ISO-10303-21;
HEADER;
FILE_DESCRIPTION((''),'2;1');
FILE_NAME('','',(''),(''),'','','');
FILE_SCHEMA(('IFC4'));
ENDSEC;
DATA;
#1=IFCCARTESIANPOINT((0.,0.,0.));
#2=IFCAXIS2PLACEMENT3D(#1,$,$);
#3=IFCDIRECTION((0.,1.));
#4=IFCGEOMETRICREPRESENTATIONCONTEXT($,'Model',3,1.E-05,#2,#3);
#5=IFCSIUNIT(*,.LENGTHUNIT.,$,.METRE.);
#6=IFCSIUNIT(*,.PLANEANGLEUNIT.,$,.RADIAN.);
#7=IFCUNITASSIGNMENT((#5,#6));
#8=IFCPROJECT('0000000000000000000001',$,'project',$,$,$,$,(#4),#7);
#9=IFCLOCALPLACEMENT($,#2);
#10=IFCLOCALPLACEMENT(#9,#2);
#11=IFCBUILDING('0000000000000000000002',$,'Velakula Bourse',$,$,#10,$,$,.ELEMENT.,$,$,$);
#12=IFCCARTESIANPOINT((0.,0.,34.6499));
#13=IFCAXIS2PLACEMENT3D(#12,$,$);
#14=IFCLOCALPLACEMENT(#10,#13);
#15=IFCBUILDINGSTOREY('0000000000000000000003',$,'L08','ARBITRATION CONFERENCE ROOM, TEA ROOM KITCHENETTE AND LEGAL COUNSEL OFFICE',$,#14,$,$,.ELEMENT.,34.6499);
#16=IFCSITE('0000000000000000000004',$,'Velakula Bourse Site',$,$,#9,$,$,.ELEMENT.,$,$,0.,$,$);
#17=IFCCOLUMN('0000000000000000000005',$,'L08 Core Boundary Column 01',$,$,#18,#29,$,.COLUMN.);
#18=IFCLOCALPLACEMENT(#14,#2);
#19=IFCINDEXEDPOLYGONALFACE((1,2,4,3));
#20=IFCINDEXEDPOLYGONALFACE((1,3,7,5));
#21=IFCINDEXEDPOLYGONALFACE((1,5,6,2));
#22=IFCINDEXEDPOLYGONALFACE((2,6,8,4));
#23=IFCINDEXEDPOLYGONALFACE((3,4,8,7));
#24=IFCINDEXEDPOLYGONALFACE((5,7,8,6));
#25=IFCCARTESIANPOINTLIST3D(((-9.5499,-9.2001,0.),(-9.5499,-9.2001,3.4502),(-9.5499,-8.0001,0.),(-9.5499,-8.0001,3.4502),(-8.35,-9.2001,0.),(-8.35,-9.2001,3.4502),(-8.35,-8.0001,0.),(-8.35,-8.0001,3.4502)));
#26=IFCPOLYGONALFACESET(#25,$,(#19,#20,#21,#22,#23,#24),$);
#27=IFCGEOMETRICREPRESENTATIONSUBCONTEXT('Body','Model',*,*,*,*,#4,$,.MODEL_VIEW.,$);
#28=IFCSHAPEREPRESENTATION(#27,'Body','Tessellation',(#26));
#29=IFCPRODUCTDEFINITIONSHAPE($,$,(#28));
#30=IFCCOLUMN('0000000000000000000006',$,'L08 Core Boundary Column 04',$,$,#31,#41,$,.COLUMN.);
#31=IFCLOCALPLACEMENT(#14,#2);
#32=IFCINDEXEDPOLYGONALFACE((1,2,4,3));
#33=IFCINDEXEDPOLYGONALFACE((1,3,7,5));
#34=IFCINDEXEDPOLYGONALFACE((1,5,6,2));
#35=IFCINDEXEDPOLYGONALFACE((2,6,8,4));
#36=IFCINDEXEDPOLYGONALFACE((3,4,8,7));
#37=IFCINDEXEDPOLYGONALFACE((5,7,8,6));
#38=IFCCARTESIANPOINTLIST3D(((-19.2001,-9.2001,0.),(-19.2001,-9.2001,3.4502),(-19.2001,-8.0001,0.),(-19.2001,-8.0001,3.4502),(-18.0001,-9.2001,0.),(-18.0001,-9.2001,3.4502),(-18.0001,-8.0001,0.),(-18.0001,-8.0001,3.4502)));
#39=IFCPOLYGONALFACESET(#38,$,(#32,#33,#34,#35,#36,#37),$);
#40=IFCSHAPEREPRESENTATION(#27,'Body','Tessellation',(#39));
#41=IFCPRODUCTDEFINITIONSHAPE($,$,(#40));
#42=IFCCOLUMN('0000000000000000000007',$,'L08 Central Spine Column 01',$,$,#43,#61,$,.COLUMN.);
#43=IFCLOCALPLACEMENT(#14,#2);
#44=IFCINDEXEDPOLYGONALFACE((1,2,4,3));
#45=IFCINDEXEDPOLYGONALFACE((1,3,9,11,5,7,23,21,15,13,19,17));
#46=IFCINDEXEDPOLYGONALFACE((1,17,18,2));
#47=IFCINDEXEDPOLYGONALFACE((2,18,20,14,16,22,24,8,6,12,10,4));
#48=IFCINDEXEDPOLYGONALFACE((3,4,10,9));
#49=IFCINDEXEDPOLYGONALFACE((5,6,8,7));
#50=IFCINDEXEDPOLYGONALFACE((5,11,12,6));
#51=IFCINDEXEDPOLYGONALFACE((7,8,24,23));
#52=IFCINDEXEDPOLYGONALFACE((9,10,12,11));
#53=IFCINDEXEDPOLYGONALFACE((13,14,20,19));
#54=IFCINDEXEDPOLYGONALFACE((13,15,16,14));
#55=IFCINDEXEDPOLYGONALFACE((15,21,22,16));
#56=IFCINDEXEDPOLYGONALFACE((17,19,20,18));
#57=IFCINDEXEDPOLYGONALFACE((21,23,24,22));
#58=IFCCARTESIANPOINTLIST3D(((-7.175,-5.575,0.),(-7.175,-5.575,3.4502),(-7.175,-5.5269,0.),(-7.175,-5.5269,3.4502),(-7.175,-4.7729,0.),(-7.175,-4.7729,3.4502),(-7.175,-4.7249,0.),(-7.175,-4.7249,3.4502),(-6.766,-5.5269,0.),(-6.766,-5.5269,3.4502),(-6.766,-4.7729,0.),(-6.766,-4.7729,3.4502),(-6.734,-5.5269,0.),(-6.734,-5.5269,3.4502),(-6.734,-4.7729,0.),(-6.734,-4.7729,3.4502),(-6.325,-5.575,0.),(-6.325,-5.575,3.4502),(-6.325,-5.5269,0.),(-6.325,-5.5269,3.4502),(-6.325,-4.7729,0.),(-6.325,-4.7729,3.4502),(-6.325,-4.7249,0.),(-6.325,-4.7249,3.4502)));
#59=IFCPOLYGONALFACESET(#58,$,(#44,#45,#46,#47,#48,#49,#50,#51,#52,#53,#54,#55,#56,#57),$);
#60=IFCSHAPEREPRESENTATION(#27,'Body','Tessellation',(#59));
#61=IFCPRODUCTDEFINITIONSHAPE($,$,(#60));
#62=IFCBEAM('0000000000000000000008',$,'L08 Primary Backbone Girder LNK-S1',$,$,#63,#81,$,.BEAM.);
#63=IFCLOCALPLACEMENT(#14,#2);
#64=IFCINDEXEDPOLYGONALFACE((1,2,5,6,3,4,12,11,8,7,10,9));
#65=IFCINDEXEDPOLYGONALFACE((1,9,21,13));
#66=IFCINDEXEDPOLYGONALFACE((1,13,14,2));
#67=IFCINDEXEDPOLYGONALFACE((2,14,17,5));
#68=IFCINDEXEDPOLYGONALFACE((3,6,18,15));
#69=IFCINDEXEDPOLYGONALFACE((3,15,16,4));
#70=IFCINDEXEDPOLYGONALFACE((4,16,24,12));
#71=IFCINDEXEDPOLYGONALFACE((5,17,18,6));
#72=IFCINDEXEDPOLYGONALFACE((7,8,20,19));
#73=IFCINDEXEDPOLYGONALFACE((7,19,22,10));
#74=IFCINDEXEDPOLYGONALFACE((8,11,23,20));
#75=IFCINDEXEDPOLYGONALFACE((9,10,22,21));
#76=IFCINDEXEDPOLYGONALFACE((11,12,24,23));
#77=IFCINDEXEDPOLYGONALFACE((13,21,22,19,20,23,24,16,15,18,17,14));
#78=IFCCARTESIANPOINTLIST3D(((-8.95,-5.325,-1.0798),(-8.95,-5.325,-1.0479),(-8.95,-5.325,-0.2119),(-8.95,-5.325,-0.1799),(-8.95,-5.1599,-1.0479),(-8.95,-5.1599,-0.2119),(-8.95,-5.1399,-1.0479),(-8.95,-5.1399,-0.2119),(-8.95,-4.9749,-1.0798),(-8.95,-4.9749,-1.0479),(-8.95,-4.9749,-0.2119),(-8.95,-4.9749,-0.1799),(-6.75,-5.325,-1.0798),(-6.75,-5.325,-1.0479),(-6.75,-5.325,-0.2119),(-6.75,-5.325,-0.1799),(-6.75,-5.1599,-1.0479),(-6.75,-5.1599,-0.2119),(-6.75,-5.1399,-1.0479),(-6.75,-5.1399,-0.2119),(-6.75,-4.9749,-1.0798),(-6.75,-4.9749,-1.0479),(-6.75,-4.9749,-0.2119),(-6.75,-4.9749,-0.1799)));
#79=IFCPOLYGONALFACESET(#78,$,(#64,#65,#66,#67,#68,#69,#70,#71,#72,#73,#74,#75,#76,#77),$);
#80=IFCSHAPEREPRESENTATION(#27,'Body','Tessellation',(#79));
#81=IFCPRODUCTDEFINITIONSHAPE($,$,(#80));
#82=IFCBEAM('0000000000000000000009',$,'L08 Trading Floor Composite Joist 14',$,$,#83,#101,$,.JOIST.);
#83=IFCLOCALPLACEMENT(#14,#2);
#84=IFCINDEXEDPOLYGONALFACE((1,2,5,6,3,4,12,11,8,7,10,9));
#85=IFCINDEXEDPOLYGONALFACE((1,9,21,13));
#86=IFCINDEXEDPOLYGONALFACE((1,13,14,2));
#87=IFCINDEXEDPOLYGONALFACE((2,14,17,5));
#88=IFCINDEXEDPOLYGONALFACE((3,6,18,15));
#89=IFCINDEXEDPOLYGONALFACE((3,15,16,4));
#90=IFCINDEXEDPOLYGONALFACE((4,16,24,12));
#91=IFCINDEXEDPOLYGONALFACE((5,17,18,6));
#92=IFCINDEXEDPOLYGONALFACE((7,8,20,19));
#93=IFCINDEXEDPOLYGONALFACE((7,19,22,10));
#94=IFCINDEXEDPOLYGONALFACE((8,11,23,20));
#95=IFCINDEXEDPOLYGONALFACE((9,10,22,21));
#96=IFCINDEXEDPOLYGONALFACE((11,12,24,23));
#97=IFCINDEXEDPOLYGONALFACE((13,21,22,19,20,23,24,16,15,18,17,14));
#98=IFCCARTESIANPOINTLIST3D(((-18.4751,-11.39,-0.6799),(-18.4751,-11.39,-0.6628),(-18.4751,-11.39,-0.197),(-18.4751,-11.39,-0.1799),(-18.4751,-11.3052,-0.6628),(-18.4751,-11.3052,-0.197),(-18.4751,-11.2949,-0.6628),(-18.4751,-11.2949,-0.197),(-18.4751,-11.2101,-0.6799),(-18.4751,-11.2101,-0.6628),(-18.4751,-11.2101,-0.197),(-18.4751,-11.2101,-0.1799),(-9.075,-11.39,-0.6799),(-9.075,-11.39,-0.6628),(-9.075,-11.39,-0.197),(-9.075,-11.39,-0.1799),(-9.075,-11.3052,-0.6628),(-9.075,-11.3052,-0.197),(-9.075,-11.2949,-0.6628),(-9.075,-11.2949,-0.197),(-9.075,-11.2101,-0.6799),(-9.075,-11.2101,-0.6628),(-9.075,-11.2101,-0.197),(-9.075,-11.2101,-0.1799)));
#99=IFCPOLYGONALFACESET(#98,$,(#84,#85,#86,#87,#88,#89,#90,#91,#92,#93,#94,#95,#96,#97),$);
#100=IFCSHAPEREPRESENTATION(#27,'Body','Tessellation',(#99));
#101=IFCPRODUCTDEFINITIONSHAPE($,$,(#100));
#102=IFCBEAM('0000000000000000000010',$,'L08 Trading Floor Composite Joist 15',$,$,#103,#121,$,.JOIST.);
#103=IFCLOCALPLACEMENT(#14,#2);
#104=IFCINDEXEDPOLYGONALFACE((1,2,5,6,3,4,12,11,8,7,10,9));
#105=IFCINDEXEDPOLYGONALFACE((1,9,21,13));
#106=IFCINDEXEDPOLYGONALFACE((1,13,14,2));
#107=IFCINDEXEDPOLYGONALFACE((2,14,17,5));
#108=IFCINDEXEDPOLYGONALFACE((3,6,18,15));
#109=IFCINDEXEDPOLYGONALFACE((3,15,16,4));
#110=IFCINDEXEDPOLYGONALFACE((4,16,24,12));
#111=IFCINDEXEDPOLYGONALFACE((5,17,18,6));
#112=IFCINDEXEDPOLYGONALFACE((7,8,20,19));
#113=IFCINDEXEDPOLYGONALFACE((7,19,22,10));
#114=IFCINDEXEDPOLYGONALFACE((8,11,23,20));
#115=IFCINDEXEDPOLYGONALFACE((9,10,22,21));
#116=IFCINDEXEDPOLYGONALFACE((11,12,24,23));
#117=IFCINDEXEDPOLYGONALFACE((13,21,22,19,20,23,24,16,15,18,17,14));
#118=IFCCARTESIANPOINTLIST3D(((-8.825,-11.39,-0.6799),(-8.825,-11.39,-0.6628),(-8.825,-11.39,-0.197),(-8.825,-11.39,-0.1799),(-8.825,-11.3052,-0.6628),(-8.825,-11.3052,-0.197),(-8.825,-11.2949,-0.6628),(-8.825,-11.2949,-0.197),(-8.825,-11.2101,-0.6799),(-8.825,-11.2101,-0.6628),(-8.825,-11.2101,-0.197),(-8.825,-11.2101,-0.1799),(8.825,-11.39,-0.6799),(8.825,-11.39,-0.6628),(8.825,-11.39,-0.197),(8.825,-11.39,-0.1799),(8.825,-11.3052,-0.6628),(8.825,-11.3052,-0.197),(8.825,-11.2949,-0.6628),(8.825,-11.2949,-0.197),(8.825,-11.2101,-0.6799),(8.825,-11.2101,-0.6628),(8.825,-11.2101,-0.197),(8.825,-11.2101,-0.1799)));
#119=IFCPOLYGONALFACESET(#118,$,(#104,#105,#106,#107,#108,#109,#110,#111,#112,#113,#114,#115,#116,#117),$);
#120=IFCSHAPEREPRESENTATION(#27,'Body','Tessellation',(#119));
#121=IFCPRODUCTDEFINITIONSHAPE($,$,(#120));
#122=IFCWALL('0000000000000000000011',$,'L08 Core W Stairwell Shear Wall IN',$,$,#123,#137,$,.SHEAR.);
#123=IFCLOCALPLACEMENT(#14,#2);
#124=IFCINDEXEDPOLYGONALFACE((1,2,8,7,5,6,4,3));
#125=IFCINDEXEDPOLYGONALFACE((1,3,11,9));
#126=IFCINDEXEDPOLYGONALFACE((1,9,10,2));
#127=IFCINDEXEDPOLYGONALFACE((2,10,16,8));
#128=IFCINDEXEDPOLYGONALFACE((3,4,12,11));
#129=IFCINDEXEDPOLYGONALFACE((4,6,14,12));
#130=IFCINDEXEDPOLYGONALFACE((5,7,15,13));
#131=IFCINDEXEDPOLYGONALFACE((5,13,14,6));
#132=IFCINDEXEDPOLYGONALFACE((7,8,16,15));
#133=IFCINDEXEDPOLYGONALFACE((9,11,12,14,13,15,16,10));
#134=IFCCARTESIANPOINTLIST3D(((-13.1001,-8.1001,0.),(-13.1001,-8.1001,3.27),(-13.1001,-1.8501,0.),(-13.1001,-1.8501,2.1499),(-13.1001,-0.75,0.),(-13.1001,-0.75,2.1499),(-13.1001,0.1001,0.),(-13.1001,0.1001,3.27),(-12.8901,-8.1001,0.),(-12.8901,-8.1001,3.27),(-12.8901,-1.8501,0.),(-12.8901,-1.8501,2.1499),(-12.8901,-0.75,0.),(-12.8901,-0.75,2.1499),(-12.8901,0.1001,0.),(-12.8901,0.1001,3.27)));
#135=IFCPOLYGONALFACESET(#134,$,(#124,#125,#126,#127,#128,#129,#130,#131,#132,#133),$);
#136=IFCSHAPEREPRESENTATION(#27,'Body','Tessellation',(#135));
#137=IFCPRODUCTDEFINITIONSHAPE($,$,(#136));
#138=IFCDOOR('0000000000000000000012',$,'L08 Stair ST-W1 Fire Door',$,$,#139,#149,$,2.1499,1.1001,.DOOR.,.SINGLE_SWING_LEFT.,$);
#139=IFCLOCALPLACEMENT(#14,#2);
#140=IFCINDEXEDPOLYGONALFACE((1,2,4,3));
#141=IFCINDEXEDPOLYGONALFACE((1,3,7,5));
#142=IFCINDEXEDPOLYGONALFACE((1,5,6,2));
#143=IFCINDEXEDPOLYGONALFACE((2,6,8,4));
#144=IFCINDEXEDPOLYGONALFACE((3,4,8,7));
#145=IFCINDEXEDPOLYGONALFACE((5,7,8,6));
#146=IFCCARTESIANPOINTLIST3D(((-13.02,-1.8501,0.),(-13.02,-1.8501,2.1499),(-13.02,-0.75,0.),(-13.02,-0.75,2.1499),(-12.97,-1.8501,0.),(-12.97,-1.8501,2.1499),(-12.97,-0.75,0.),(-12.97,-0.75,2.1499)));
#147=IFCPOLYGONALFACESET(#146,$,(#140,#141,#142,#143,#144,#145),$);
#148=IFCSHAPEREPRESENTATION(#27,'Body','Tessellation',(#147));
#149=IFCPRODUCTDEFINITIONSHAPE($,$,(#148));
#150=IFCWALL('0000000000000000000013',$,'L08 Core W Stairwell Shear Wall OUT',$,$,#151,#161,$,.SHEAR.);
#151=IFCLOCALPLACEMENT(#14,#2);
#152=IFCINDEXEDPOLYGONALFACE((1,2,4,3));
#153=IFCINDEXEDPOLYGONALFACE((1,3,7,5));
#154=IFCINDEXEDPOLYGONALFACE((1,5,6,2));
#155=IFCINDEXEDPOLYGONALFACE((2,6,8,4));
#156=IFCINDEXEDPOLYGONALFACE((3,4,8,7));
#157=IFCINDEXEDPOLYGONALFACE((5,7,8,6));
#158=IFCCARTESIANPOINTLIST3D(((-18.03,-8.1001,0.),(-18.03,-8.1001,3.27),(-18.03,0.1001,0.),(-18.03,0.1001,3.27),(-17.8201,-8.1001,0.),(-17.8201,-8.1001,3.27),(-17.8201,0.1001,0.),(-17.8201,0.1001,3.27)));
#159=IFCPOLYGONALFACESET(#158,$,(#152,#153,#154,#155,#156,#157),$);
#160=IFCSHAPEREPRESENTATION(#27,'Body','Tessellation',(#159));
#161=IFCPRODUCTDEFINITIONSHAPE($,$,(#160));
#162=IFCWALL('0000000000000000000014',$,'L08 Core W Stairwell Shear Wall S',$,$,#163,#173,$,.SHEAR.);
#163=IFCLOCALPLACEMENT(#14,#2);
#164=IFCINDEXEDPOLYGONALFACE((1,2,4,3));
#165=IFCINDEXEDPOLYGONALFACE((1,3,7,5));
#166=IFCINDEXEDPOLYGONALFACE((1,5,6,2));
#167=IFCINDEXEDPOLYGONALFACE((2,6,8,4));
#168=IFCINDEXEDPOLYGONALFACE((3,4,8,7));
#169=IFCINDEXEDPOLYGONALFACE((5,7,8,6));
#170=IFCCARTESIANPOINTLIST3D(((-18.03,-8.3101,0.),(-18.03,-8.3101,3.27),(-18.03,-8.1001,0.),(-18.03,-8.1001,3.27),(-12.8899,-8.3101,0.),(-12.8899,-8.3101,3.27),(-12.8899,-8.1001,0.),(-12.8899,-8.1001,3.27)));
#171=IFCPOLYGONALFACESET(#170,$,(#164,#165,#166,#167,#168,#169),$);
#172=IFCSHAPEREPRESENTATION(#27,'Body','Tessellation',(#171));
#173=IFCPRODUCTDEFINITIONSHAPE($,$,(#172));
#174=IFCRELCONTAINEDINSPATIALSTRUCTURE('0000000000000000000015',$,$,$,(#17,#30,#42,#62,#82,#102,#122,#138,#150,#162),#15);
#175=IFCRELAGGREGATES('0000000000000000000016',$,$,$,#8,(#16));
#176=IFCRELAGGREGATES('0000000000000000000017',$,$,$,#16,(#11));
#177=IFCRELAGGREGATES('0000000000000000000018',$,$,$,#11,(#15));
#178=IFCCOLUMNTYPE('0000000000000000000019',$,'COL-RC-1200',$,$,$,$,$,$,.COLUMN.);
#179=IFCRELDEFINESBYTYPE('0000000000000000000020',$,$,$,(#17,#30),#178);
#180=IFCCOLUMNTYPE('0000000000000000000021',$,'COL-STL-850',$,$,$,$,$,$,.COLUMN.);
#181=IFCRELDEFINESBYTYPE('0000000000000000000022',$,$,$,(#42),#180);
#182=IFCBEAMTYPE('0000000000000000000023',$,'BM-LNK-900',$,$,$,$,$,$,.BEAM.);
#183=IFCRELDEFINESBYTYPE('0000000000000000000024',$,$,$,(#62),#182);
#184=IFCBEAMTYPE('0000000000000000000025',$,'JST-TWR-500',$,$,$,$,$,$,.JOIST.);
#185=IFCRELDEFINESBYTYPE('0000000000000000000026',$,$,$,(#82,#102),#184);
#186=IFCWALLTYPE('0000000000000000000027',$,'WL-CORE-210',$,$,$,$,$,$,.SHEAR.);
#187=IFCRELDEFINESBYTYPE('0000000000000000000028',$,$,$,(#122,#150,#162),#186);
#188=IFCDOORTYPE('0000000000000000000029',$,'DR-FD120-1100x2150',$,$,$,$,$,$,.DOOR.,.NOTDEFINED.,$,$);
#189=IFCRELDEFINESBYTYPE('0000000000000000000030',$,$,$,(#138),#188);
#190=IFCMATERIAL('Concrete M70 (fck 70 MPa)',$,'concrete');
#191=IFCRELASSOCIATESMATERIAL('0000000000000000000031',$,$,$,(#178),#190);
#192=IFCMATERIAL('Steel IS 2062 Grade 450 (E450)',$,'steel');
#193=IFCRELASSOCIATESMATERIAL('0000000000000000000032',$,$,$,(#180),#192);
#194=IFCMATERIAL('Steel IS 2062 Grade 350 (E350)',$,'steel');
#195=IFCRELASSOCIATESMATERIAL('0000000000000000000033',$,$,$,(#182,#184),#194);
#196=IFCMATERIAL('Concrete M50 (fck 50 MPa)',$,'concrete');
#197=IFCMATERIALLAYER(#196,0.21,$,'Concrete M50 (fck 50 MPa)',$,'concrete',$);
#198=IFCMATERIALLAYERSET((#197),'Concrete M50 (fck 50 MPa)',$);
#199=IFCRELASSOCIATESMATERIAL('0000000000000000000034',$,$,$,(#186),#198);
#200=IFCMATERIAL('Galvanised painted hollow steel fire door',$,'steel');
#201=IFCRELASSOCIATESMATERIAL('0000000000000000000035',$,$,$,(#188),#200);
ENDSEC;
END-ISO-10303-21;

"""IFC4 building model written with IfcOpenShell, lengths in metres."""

from ifc_helpers import new_model, si_unit, direction, frame, frame_2d, origin, origin_2d, place, context, subcontext, project, spatial, rectangle, i_section, extrude, material, layer, layer_set, material_profile, profile_set, type_object, element, fill, save


model = new_model("IFC4")

# Units and contexts
model_context = context("Model", 3, precision=1e-05, world=origin(), true_north=direction((0.0, 1.0)))
body_context = subcontext(model_context, "Body", "Model", "MODEL_VIEW")
ifc_project = project(units=[si_unit("LENGTHUNIT", "METRE"), si_unit("PLANEANGLEUNIT", "RADIAN")], contexts=[model_context])

# Site, building, storey
site_placement = place(None, origin())
site = spatial("IfcSite", under=ifc_project, at=site_placement, Name="Velakula Bourse Site", CompositionType="ELEMENT", RefElevation=0.0)
building_placement = place(site_placement, origin())
building = spatial("IfcBuilding", under=site, at=building_placement, Name="Velakula Bourse", CompositionType="ELEMENT")
storey_placement = place(building_placement, frame((0.0, 0.0, 34.6499)))
storey = spatial("IfcBuildingStorey", under=building, at=storey_placement, Name="L08", Description="ARBITRATION CONFERENCE ROOM, TEA ROOM KITCHENETTE AND LEGAL COUNSEL OFFICE", CompositionType="ELEMENT", Elevation=34.6499)

# Columns
ifc_material_1 = material(Name="Concrete M70 (fck 70 MPa)", Category="concrete")
ifc_material_profile_1 = material_profile(ifc_material_1, rectangle(XDim=1.2, YDim=1.2, at=origin_2d()), Name="Concrete M70 (fck 70 MPa)")
ifc_profile_set_1 = profile_set([ifc_material_profile_1], Name="Concrete M70 (fck 70 MPa)")
column_type_1 = type_object("IfcColumnType", Name="COL-RC-1200", PredefinedType="COLUMN", material=ifc_profile_set_1)
for number, where, z_axis, x_axis, name in (
    (1, (-8.95, -8.6001, 0.0), (0.0, 0.0, 1.0), (1.0, 0.0, 0.0), "L08 Core Boundary Column 01"),
    (2, (-18.6001, -8.6001, 0.0), (0.0, 0.0, 1.0), (1.0, 0.0, 0.0), "L08 Core Boundary Column 04"),
):
    element("IfcColumn", number, at=place(storey_placement, frame(where, z_axis=z_axis, x_axis=x_axis)), inside=storey, type_object=column_type_1, Name=name, PredefinedType="COLUMN", context=body_context, shape_type="SweptSolid", body=[
        extrude(rectangle(XDim=1.2, YDim=1.2, at=origin_2d()), origin(), (0.0, 0.0, 1.0), 3.4502),
    ])
ifc_material_2 = material(Name="Steel IS 2062 Grade 450 (E450)", Category="steel")
ifc_material_profile_2 = material_profile(ifc_material_2, i_section(OverallWidth=0.8501, OverallDepth=0.8501, WebThickness=0.032, FlangeThickness=0.0481, at=origin_2d()), Name="Steel IS 2062 Grade 450 (E450)")
ifc_profile_set_2 = profile_set([ifc_material_profile_2], Name="Steel IS 2062 Grade 450 (E450)")
column_type_2 = type_object("IfcColumnType", Name="COL-STL-850", PredefinedType="COLUMN", material=ifc_profile_set_2)
column_placement = place(storey_placement, frame((-6.75, -5.1499, 0.0), z_axis=(0.0, 0.0, 1.0), x_axis=(1.0, 0.0, 0.0)))
element("IfcColumn", 3, at=column_placement, inside=storey, type_object=column_type_2, Name="L08 Central Spine Column 01", PredefinedType="COLUMN", context=body_context, shape_type="SweptSolid", body=[
    extrude(i_section(OverallWidth=0.8501, OverallDepth=0.8501, WebThickness=0.032, FlangeThickness=0.0481, at=origin_2d()), origin(), (0.0, 0.0, 1.0), 3.4502),
])

# Beams
ifc_material_3 = material(Name="Steel IS 2062 Grade 350 (E350)", Category="steel")
ifc_material_profile_3 = material_profile(ifc_material_3, i_section(OverallWidth=0.3501, OverallDepth=0.8999, WebThickness=0.02, FlangeThickness=0.032, at=origin_2d()), Name="Steel IS 2062 Grade 350 (E350)")
ifc_profile_set_3 = profile_set([ifc_material_profile_3], Name="Steel IS 2062 Grade 350 (E350)")
beam_type_1 = type_object("IfcBeamType", Name="BM-LNK-900", PredefinedType="BEAM", material=ifc_profile_set_3)
beam_1_placement = place(storey_placement, frame((-8.95, -5.1499, -0.6299), z_axis=(1.0, 0.0, 0.0), x_axis=(0.0, 1.0, 0.0)))
element("IfcBeam", 4, at=beam_1_placement, inside=storey, type_object=beam_type_1, Name="L08 Primary Backbone Girder LNK-S1", PredefinedType="BEAM", context=body_context, shape_type="SweptSolid", body=[
    extrude(i_section(OverallWidth=0.3501, OverallDepth=0.8999, WebThickness=0.02, FlangeThickness=0.032, at=origin_2d()), origin(), (0.0, 0.0, 1.0), 2.2),
])
ifc_material_profile_4 = material_profile(ifc_material_3, i_section(OverallWidth=0.1799, OverallDepth=0.5, WebThickness=0.0103, FlangeThickness=0.0171, at=origin_2d()), Name="Steel IS 2062 Grade 350 (E350)")
ifc_profile_set_4 = profile_set([ifc_material_profile_4], Name="Steel IS 2062 Grade 350 (E350)")
beam_type_2 = type_object("IfcBeamType", Name="JST-TWR-500", PredefinedType="JOIST", material=ifc_profile_set_4)
beam_2_placement = place(storey_placement, frame((-18.4751, -11.3, -0.4299), z_axis=(1.0, 0.0, 0.0), x_axis=(0.0, 1.0, 0.0)))
element("IfcBeam", 5, at=beam_2_placement, inside=storey, type_object=beam_type_2, Name="L08 Trading Floor Composite Joist 14", PredefinedType="JOIST", context=body_context, shape_type="SweptSolid", body=[
    extrude(i_section(OverallWidth=0.1799, OverallDepth=0.5, WebThickness=0.0103, FlangeThickness=0.0171, at=origin_2d()), origin(), (0.0, 0.0, 1.0), 9.4001),
])
beam_3_placement = place(storey_placement, frame((-8.825, -11.3, -0.4299), z_axis=(1.0, 0.0, 0.0), x_axis=(0.0, 1.0, 0.0)))
element("IfcBeam", 6, at=beam_3_placement, inside=storey, type_object=beam_type_2, Name="L08 Trading Floor Composite Joist 15", PredefinedType="JOIST", context=body_context, shape_type="SweptSolid", body=[
    extrude(i_section(OverallWidth=0.1799, OverallDepth=0.5, WebThickness=0.0103, FlangeThickness=0.0171, at=origin_2d()), origin(), (0.0, 0.0, 1.0), 17.6499),
])

# Wall, opening, door
ifc_material_4 = material(Name="Concrete M50 (fck 50 MPa)", Category="concrete")
ifc_layer_1 = layer(ifc_material_4, 0.21, Name="Concrete M50 (fck 50 MPa)", Category="concrete")
ifc_layer_set_1 = layer_set([ifc_layer_1], Name="Concrete M50 (fck 50 MPa)")
wall_type_1 = type_object("IfcWallType", Name="WL-CORE-210", PredefinedType="SHEAR", material=ifc_layer_set_1)
wall_1_placement = place(storey_placement, frame((-12.9951, -8.1001, 0.0), z_axis=(0.0, 0.0, 1.0), x_axis=(0.0, 1.0, 0.0)))
wall_1 = element("IfcWall", 7, at=wall_1_placement, inside=storey, type_object=wall_type_1, Name="L08 Core W Stairwell Shear Wall IN", PredefinedType="SHEAR", context=body_context, shape_type="SweptSolid", body=[
    extrude(rectangle(XDim=8.2002, YDim=0.21, at=frame_2d((4.1001, 0.0))), origin(), (0.0, 0.0, 1.0), 3.27),
])
opening_1_placement = place(wall_1_placement, frame((6.25, 0.0, 0.0)))
opening_1 = element("IfcOpeningElement", 8, at=opening_1_placement, cuts=wall_1, PredefinedType="OPENING", context=body_context, shape_type="SweptSolid", body=[
    extrude(rectangle(XDim=1.1001, YDim=2.1499, at=frame_2d((0.55, 1.075))), frame((0.0, 0.115, 0.0), z_axis=(0.0, -1.0, 0.0), x_axis=(1.0, 0.0, 0.0)), (0.0, 0.0, 1.0), 0.23),
])
ifc_material_5 = material(Name="Galvanised painted hollow steel fire door", Category="steel")
door_type_1 = type_object("IfcDoorType", Name="DR-FD120-1100x2150", OperationType="NOTDEFINED", PredefinedType="DOOR", material=ifc_material_5)
door_1_placement = place(opening_1_placement, origin())
door_1 = element("IfcDoor", 9, at=door_1_placement, inside=storey, type_object=door_type_1, Name="L08 Stair ST-W1 Fire Door", OperationType="SINGLE_SWING_LEFT", OverallHeight=2.1499, OverallWidth=1.1001, PredefinedType="DOOR", context=body_context, shape_type="SweptSolid", body=[
    extrude(rectangle(XDim=1.1001, YDim=2.1499, at=frame_2d((0.55, 1.075))), frame((0.0, 0.0249, 0.0), z_axis=(0.0, -1.0, 0.0), x_axis=(1.0, 0.0, 0.0)), (0.0, 0.0, 1.0), 0.05),
])
fill(opening_1, door_1)

# Walls
wall_2_placement = place(storey_placement, frame((-17.925, -8.1001, 0.0), z_axis=(0.0, 0.0, 1.0), x_axis=(0.0, 1.0, 0.0)))
element("IfcWall", 10, at=wall_2_placement, inside=storey, type_object=wall_type_1, Name="L08 Core W Stairwell Shear Wall OUT", PredefinedType="SHEAR", context=body_context, shape_type="SweptSolid", body=[
    extrude(rectangle(XDim=8.2002, YDim=0.21, at=frame_2d((4.1001, 0.0))), origin(), (0.0, 0.0, 1.0), 3.27),
])
wall_3_placement = place(storey_placement, frame((-18.03, -8.2051, 0.0), z_axis=(0.0, 0.0, 1.0), x_axis=(1.0, 0.0, 0.0)))
element("IfcWall", 11, at=wall_3_placement, inside=storey, type_object=wall_type_1, Name="L08 Core W Stairwell Shear Wall S", PredefinedType="SHEAR", context=body_context, shape_type="SweptSolid", body=[
    extrude(rectangle(XDim=5.1401, YDim=0.21, at=frame_2d((2.5701, 0.0))), origin(), (0.0, 0.0, 1.0), 3.27),
])

save(model, "model.ifc")
